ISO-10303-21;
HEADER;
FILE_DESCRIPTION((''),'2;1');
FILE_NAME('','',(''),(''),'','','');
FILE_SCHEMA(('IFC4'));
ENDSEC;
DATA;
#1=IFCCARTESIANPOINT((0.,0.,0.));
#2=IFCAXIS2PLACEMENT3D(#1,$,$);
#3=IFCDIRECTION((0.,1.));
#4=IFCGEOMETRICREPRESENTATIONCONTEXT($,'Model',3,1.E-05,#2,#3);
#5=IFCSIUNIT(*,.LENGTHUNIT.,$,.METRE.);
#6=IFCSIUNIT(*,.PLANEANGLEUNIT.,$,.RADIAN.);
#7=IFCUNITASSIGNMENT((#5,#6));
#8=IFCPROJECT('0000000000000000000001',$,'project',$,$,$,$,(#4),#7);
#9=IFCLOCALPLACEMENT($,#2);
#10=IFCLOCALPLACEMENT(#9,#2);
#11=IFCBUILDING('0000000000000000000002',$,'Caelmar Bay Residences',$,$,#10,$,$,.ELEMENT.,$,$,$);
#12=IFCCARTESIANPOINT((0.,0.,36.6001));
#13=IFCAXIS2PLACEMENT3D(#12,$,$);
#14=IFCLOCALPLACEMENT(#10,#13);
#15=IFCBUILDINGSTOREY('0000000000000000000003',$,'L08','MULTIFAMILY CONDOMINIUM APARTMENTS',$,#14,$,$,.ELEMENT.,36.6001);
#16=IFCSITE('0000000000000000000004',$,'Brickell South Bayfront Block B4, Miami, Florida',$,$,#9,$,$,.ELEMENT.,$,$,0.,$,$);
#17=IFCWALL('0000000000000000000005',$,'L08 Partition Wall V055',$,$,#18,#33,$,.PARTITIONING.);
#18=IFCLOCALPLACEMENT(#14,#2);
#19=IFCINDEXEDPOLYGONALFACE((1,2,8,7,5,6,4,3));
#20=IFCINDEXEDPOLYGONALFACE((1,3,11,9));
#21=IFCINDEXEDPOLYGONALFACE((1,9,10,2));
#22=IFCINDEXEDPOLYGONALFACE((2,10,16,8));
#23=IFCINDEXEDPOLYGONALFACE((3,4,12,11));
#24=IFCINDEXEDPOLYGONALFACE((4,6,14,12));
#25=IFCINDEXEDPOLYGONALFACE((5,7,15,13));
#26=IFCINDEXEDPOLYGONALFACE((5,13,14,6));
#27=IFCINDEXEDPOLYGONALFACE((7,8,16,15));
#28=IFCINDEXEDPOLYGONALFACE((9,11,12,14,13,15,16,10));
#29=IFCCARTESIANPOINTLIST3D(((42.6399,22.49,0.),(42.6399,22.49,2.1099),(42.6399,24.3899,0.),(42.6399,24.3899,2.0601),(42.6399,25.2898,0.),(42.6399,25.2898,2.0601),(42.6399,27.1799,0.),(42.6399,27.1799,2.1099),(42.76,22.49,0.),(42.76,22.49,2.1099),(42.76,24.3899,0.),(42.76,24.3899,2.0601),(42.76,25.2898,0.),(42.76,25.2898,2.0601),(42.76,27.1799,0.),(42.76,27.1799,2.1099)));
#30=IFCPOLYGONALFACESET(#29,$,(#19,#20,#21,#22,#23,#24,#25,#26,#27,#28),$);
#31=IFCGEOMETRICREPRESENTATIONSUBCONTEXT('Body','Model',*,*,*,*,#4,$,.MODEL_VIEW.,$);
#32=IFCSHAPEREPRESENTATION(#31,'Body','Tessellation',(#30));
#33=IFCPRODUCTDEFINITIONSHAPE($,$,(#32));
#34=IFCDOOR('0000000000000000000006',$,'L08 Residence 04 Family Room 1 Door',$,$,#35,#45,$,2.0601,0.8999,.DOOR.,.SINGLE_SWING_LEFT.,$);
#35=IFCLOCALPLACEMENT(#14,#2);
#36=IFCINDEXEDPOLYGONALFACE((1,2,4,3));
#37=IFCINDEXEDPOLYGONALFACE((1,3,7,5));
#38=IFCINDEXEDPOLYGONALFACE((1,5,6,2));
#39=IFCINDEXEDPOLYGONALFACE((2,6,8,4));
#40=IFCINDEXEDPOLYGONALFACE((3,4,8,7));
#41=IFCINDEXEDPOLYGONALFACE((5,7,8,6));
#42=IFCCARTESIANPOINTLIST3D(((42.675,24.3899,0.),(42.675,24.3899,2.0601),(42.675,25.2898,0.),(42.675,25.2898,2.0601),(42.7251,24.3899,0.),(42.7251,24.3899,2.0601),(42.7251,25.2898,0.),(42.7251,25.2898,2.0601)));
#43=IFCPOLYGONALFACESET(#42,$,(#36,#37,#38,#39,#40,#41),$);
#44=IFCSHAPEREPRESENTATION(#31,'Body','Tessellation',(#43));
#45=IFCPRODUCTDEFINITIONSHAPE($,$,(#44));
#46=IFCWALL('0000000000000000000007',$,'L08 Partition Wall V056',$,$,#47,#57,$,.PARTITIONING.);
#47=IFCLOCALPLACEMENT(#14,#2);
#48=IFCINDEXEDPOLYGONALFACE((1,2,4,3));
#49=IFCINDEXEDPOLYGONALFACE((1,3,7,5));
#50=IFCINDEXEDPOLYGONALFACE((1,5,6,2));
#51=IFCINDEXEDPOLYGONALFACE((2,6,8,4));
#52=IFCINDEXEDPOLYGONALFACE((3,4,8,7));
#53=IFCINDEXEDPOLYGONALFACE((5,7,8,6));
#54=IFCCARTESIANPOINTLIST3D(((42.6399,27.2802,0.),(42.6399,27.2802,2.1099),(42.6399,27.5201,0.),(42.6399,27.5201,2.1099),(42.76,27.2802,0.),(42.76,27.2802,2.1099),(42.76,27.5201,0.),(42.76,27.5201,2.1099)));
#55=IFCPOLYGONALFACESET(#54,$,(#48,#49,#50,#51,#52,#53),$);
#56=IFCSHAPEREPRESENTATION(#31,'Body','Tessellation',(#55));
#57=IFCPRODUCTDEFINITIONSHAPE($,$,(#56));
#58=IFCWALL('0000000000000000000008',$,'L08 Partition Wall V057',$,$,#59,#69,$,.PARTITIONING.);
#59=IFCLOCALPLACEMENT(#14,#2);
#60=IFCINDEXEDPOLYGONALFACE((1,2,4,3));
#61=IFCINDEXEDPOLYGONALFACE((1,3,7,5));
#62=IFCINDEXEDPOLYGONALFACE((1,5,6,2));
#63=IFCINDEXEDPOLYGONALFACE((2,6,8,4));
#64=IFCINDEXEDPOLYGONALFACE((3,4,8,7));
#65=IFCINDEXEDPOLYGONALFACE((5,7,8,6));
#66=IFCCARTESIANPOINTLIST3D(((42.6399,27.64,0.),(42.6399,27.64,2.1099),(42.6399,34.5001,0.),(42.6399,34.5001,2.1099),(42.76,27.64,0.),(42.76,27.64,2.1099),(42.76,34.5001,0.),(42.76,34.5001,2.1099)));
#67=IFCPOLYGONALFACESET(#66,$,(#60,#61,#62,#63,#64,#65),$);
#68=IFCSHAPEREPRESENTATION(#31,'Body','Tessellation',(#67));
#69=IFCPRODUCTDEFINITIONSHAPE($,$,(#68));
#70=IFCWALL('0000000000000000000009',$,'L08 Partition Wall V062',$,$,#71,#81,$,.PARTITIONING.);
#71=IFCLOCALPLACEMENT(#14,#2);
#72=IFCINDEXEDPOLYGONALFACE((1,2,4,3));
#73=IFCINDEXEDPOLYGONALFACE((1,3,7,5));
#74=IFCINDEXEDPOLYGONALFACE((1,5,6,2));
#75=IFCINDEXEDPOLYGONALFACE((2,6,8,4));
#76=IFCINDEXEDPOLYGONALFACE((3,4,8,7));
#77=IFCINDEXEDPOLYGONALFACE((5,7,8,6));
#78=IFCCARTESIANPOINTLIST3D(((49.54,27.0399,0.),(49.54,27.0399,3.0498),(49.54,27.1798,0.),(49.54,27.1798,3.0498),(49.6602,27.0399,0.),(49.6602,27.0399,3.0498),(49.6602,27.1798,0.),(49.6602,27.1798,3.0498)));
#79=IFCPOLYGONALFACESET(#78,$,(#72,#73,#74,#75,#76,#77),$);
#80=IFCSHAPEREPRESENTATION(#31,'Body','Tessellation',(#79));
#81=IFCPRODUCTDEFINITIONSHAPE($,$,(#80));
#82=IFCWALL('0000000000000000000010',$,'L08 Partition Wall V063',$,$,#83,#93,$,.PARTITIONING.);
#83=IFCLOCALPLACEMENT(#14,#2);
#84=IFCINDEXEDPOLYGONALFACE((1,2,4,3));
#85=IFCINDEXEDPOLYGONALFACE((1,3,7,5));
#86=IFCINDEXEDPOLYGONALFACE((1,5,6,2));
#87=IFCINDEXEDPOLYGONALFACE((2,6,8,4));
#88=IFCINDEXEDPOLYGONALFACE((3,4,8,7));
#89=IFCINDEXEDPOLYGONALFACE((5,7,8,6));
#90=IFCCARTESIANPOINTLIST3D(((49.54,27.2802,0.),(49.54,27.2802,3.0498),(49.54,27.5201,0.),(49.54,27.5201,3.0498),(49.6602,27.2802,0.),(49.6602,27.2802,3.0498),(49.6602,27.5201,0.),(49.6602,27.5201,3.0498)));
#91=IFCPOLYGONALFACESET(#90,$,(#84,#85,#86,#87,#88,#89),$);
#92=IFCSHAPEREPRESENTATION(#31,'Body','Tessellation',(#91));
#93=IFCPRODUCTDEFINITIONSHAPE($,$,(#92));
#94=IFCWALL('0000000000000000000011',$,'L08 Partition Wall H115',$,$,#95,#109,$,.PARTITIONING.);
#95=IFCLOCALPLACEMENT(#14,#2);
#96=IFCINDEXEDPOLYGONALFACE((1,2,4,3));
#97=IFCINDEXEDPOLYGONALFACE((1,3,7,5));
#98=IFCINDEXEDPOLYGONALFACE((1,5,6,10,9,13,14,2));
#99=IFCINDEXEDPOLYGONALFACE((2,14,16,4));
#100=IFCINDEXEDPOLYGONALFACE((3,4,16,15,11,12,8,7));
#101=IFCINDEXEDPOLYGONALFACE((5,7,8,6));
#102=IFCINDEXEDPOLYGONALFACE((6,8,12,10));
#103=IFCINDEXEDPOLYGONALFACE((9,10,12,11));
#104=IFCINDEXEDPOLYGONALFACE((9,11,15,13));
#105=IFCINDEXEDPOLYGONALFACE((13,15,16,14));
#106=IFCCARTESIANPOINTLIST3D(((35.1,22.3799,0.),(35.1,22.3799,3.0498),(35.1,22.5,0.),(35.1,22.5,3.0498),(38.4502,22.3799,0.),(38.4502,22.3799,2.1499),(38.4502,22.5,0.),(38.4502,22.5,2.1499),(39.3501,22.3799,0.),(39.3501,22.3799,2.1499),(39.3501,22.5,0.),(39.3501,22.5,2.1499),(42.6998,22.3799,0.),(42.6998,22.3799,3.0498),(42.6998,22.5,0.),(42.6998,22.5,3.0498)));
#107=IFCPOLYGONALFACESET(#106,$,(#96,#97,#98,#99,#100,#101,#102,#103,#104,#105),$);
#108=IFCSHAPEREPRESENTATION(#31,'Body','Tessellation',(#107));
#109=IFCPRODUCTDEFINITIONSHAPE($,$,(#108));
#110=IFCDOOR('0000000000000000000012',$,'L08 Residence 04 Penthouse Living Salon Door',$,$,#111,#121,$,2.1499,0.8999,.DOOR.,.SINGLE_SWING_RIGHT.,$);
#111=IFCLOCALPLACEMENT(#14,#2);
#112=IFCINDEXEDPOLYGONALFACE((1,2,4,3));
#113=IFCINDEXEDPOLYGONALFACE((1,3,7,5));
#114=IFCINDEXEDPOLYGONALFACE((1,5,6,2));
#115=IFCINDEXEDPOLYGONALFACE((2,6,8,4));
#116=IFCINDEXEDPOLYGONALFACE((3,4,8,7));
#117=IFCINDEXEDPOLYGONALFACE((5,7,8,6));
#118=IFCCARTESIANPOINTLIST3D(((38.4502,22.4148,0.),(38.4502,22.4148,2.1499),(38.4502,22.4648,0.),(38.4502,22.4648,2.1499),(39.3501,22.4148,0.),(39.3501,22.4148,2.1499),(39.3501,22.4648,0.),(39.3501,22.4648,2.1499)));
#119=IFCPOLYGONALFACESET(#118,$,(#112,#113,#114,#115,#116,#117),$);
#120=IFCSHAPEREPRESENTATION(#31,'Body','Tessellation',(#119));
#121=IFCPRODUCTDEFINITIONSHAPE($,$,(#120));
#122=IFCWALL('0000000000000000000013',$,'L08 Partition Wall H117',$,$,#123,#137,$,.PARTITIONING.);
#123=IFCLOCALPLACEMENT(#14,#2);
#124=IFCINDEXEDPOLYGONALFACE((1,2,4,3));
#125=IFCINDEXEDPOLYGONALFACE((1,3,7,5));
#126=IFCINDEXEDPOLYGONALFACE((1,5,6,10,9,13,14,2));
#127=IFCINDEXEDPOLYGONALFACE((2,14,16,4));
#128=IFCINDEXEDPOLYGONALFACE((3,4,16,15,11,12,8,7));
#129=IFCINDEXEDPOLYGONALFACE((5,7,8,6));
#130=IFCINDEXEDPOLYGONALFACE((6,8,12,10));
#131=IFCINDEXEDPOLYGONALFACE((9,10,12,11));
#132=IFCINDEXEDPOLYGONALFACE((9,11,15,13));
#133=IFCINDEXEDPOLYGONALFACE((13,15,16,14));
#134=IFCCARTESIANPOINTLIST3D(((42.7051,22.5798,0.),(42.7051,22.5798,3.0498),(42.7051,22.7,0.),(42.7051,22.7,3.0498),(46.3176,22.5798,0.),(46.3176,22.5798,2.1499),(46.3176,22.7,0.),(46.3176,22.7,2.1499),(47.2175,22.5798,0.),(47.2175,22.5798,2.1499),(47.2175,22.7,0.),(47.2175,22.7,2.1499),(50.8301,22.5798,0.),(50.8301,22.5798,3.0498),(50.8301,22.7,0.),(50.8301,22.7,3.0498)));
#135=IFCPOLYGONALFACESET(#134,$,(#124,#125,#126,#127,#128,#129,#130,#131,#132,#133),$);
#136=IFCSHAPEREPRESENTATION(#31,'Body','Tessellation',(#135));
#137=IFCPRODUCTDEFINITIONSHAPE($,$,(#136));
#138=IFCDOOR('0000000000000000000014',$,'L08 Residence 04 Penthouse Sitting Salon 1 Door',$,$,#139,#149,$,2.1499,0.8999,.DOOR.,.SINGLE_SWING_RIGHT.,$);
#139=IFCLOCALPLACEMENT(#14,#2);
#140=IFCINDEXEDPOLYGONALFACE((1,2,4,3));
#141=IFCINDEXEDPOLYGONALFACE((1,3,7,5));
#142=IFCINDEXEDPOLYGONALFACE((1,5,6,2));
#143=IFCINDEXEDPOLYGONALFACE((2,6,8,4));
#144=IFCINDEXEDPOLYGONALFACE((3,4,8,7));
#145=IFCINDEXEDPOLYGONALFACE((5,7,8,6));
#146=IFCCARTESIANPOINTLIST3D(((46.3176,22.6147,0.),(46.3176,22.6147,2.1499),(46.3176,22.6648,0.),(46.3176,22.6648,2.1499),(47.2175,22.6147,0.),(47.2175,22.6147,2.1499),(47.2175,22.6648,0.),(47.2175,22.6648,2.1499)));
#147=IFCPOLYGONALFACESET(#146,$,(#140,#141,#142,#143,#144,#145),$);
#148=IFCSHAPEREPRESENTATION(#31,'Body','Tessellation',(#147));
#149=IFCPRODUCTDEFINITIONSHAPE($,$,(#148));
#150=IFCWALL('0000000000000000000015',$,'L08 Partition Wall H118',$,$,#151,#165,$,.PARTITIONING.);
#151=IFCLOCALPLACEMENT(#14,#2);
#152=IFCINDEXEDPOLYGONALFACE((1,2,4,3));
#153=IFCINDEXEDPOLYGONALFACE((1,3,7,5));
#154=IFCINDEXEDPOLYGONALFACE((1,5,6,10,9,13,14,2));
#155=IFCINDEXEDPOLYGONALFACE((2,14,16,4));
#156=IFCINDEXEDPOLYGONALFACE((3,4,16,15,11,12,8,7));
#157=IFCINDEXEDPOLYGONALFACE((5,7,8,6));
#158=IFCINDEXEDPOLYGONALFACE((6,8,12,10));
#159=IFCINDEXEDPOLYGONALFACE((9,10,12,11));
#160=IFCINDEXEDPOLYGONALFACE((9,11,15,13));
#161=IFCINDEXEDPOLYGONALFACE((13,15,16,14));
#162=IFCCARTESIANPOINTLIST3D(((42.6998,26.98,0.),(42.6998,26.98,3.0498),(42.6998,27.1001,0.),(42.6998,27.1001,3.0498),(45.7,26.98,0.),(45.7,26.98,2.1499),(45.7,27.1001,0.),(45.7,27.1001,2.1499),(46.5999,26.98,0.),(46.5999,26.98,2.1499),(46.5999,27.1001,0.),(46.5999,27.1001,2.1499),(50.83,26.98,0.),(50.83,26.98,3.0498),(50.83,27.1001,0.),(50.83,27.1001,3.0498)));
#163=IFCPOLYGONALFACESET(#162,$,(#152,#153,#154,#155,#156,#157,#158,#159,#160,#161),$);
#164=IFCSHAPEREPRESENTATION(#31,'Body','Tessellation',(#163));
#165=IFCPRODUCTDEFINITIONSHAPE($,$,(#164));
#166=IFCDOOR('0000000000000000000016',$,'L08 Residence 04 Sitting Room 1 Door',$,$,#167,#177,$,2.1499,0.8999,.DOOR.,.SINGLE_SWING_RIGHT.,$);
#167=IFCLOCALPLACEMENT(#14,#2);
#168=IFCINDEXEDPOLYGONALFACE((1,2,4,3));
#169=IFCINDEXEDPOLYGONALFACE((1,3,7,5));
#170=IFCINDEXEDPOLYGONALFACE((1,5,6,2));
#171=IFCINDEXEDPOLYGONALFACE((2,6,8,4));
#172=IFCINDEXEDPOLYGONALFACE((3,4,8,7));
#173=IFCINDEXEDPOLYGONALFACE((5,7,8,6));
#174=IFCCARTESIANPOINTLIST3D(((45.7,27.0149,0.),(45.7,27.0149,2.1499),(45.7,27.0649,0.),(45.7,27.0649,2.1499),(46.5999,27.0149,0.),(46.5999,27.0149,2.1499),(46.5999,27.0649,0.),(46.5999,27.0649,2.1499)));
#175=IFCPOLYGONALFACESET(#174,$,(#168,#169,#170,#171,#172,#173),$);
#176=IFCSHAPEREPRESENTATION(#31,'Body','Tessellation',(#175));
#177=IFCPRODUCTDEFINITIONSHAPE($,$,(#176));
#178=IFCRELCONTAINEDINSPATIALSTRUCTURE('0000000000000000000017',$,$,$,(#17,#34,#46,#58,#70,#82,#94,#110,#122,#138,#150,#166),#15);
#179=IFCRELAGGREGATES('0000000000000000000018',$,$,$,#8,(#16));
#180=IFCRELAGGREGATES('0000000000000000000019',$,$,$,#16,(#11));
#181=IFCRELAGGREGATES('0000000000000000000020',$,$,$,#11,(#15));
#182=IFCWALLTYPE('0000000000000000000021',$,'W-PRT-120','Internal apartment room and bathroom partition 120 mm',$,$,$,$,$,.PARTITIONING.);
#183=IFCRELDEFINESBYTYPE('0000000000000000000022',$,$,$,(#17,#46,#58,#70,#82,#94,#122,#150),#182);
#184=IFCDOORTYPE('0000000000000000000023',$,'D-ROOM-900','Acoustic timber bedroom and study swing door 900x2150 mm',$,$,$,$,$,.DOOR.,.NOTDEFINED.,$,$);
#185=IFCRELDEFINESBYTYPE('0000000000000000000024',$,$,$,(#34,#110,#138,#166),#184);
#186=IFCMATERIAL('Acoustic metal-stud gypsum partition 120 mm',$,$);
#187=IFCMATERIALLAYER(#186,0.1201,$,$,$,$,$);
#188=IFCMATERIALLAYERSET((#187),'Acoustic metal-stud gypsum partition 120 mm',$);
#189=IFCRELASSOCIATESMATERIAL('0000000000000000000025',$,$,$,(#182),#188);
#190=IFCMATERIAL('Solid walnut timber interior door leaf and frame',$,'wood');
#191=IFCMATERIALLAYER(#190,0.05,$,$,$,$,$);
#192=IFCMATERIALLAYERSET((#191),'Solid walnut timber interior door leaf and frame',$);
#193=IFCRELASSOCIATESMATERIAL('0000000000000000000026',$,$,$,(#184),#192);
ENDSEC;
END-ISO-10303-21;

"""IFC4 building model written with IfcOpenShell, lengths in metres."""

from ifc_helpers import new_model, si_unit, direction, frame, frame_2d, origin, place, context, subcontext, project, spatial, rectangle, extrude, material, layer, layer_set, type_object, element, fill, save


model = new_model("IFC4")

# Units and contexts
model_context = context("Model", 3, precision=1e-05, world=origin(), true_north=direction((0.0, 1.0)))
body_context = subcontext(model_context, "Body", "Model", "MODEL_VIEW")
ifc_project = project(units=[si_unit("LENGTHUNIT", "METRE"), si_unit("PLANEANGLEUNIT", "RADIAN")], contexts=[model_context])

# Site, building, storey
site_placement = place(None, origin())
site = spatial("IfcSite", under=ifc_project, at=site_placement, Name="Brickell South Bayfront Block B4, Miami, Florida", CompositionType="ELEMENT", RefElevation=0.0)
building_placement = place(site_placement, origin())
building = spatial("IfcBuilding", under=site, at=building_placement, Name="Caelmar Bay Residences", CompositionType="ELEMENT")
storey_placement = place(building_placement, frame((0.0, 0.0, 36.6001)))
storey = spatial("IfcBuildingStorey", under=building, at=storey_placement, Name="L08", Description="MULTIFAMILY CONDOMINIUM APARTMENTS", CompositionType="ELEMENT", Elevation=36.6001)

# Shared definitions
ifc_material_1 = material(Name="Acoustic metal-stud gypsum partition 120 mm")
ifc_layer_1 = layer(ifc_material_1, 0.1201)
ifc_layer_set_1 = layer_set([ifc_layer_1], Name="Acoustic metal-stud gypsum partition 120 mm")
wall_type = type_object("IfcWallType", Name="W-PRT-120", Description="Internal apartment room and bathroom partition 120 mm", PredefinedType="PARTITIONING", material=ifc_layer_set_1)

# Wall, opening, door
ifc_material_2 = material(Name="Solid walnut timber interior door leaf and frame", Category="wood")
wall_1_placement = place(storey_placement, frame((42.7, 22.49, 0.0), z_axis=(0.0, 0.0, 1.0), x_axis=(0.0, 1.0, 0.0)))
wall_1 = element("IfcWall", 1, at=wall_1_placement, inside=storey, type_object=wall_type, Name="L08 Partition Wall V055", PredefinedType="PARTITIONING", context=body_context, shape_type="SweptSolid", body=[
    extrude(rectangle(XDim=4.6899, YDim=0.1201, at=frame_2d((2.345, 0.0))), origin(), (0.0, 0.0, 1.0), 2.1099),
])
opening_1_placement = place(wall_1_placement, frame((1.8999, 0.0, 0.0)))
opening_1 = element("IfcOpeningElement", 2, at=opening_1_placement, cuts=wall_1, PredefinedType="OPENING", context=body_context, shape_type="SweptSolid", body=[
    extrude(rectangle(XDim=0.8999, YDim=2.0601, at=frame_2d((0.45, 1.03))), frame((0.0, 0.0701, 0.0), z_axis=(0.0, -1.0, 0.0), x_axis=(1.0, 0.0, 0.0)), (0.0, 0.0, 1.0), 0.1401),
])
ifc_layer_2 = layer(ifc_material_2, 0.05)
ifc_layer_set_2 = layer_set([ifc_layer_2], Name="Solid walnut timber interior door leaf and frame")
door_type_1 = type_object("IfcDoorType", Name="D-ROOM-900", Description="Acoustic timber bedroom and study swing door 900x2150 mm", OperationType="NOTDEFINED", PredefinedType="DOOR", material=ifc_layer_set_2)
door_1_placement = place(opening_1_placement, origin())
door_1 = element("IfcDoor", 3, at=door_1_placement, inside=storey, type_object=door_type_1, Name="L08 Residence 04 Family Room 1 Door", OperationType="SINGLE_SWING_LEFT", OverallHeight=2.0601, OverallWidth=0.8999, PredefinedType="DOOR", context=body_context, shape_type="SweptSolid", body=[
    extrude(rectangle(XDim=0.8999, YDim=2.0601, at=frame_2d((0.45, 1.03))), frame((0.0, 0.0249, 0.0), z_axis=(0.0, -1.0, 0.0), x_axis=(1.0, 0.0, 0.0)), (0.0, 0.0, 1.0), 0.05),
])
fill(opening_1, door_1)

# Walls
wall_2_placement = place(storey_placement, frame((42.7, 27.28, 0.0), z_axis=(0.0, 0.0, 1.0), x_axis=(0.0, 1.0, 0.0)))
element("IfcWall", 4, at=wall_2_placement, inside=storey, type_object=wall_type, Name="L08 Partition Wall V056", PredefinedType="PARTITIONING", context=body_context, shape_type="SweptSolid", body=[
    extrude(rectangle(XDim=0.24, YDim=0.1201, at=frame_2d((0.1201, 0.0))), origin(), (0.0, 0.0, 1.0), 2.1099),
])
wall_3_placement = place(storey_placement, frame((42.7, 27.6399, 0.0), z_axis=(0.0, 0.0, 1.0), x_axis=(0.0, 1.0, 0.0)))
element("IfcWall", 5, at=wall_3_placement, inside=storey, type_object=wall_type, Name="L08 Partition Wall V057", PredefinedType="PARTITIONING", context=body_context, shape_type="SweptSolid", body=[
    extrude(rectangle(XDim=6.8601, YDim=0.1201, at=frame_2d((3.4302, 0.0))), origin(), (0.0, 0.0, 1.0), 2.1099),
])
wall_4_placement = place(storey_placement, frame((49.6001, 27.04, 0.0), z_axis=(0.0, 0.0, 1.0), x_axis=(0.0, 1.0, 0.0)))
element("IfcWall", 6, at=wall_4_placement, inside=storey, type_object=wall_type, Name="L08 Partition Wall V062", PredefinedType="PARTITIONING", context=body_context, shape_type="SweptSolid", body=[
    extrude(rectangle(XDim=0.1399, YDim=0.1201, at=frame_2d((0.0698, 0.0))), origin(), (0.0, 0.0, 1.0), 3.0498),
])
wall_5_placement = place(storey_placement, frame((49.6001, 27.28, 0.0), z_axis=(0.0, 0.0, 1.0), x_axis=(0.0, 1.0, 0.0)))
element("IfcWall", 7, at=wall_5_placement, inside=storey, type_object=wall_type, Name="L08 Partition Wall V063", PredefinedType="PARTITIONING", context=body_context, shape_type="SweptSolid", body=[
    extrude(rectangle(XDim=0.24, YDim=0.1201, at=frame_2d((0.1201, 0.0))), origin(), (0.0, 0.0, 1.0), 3.0498),
])

# Walls, openings, doors
wall_6_placement = place(storey_placement, frame((35.1001, 22.4399, 0.0), z_axis=(0.0, 0.0, 1.0), x_axis=(1.0, 0.0, 0.0)))
wall_6 = element("IfcWall", 8, at=wall_6_placement, inside=storey, type_object=wall_type, Name="L08 Partition Wall H115", PredefinedType="PARTITIONING", context=body_context, shape_type="SweptSolid", body=[
    extrude(rectangle(XDim=7.5999, YDim=0.1201, at=frame_2d((3.7998, 0.0))), origin(), (0.0, 0.0, 1.0), 3.0498),
])
opening_2_placement = place(wall_6_placement, frame((3.3501, 0.0, 0.0)))
opening_2 = element("IfcOpeningElement", 9, at=opening_2_placement, cuts=wall_6, PredefinedType="OPENING", context=body_context, shape_type="SweptSolid", body=[
    extrude(rectangle(XDim=0.8999, YDim=2.1499, at=frame_2d((0.45, 1.075))), frame((0.0, 0.0701, 0.0), z_axis=(0.0, -1.0, 0.0), x_axis=(1.0, 0.0, 0.0)), (0.0, 0.0, 1.0), 0.1401),
])
door_2_placement = place(opening_2_placement, origin())
door_2 = element("IfcDoor", 10, at=door_2_placement, inside=storey, type_object=door_type_1, Name="L08 Residence 04 Penthouse Living Salon Door", OperationType="SINGLE_SWING_RIGHT", OverallHeight=2.1499, OverallWidth=0.8999, PredefinedType="DOOR", context=body_context, shape_type="SweptSolid", body=[
    extrude(rectangle(XDim=0.8999, YDim=2.1499, at=frame_2d((0.45, 1.075))), frame((0.0, 0.0249, 0.0), z_axis=(0.0, -1.0, 0.0), x_axis=(1.0, 0.0, 0.0)), (0.0, 0.0, 1.0), 0.05),
])
fill(opening_2, door_2)
wall_7_placement = place(storey_placement, frame((42.7051, 22.6399, 0.0), z_axis=(0.0, 0.0, 1.0), x_axis=(1.0, 0.0, 0.0)))
wall_7 = element("IfcWall", 11, at=wall_7_placement, inside=storey, type_object=wall_type, Name="L08 Partition Wall H117", PredefinedType="PARTITIONING", context=body_context, shape_type="SweptSolid", body=[
    extrude(rectangle(XDim=8.125, YDim=0.1201, at=frame_2d((4.0625, 0.0))), origin(), (0.0, 0.0, 1.0), 3.0498),
])
opening_3_placement = place(wall_7_placement, frame((3.6125, 0.0, 0.0)))
opening_3 = element("IfcOpeningElement", 12, at=opening_3_placement, cuts=wall_7, PredefinedType="OPENING", context=body_context, shape_type="SweptSolid", body=[
    extrude(rectangle(XDim=0.8999, YDim=2.1499, at=frame_2d((0.45, 1.075))), frame((0.0, 0.0701, 0.0), z_axis=(0.0, -1.0, 0.0), x_axis=(1.0, 0.0, 0.0)), (0.0, 0.0, 1.0), 0.1401),
])
door_3_placement = place(opening_3_placement, origin())
door_3 = element("IfcDoor", 13, at=door_3_placement, inside=storey, type_object=door_type_1, Name="L08 Residence 04 Penthouse Sitting Salon 1 Door", OperationType="SINGLE_SWING_RIGHT", OverallHeight=2.1499, OverallWidth=0.8999, PredefinedType="DOOR", context=body_context, shape_type="SweptSolid", body=[
    extrude(rectangle(XDim=0.8999, YDim=2.1499, at=frame_2d((0.45, 1.075))), frame((0.0, 0.0249, 0.0), z_axis=(0.0, -1.0, 0.0), x_axis=(1.0, 0.0, 0.0)), (0.0, 0.0, 1.0), 0.05),
])
fill(opening_3, door_3)
wall_8_placement = place(storey_placement, frame((42.7, 27.04, 0.0), z_axis=(0.0, 0.0, 1.0), x_axis=(1.0, 0.0, 0.0)))
wall_8 = element("IfcWall", 14, at=wall_8_placement, inside=storey, type_object=wall_type, Name="L08 Partition Wall H118", PredefinedType="PARTITIONING", context=body_context, shape_type="SweptSolid", body=[
    extrude(rectangle(XDim=8.1301, YDim=0.1201, at=frame_2d((4.0649, 0.0))), origin(), (0.0, 0.0, 1.0), 3.0498),
])
opening_4_placement = place(wall_8_placement, frame((3.0, 0.0, 0.0)))
opening_4 = element("IfcOpeningElement", 15, at=opening_4_placement, cuts=wall_8, PredefinedType="OPENING", context=body_context, shape_type="SweptSolid", body=[
    extrude(rectangle(XDim=0.8999, YDim=2.1499, at=frame_2d((0.45, 1.075))), frame((0.0, 0.0701, 0.0), z_axis=(0.0, -1.0, 0.0), x_axis=(1.0, 0.0, 0.0)), (0.0, 0.0, 1.0), 0.1401),
])
door_4_placement = place(opening_4_placement, origin())
door_4 = element("IfcDoor", 16, at=door_4_placement, inside=storey, type_object=door_type_1, Name="L08 Residence 04 Sitting Room 1 Door", OperationType="SINGLE_SWING_RIGHT", OverallHeight=2.1499, OverallWidth=0.8999, PredefinedType="DOOR", context=body_context, shape_type="SweptSolid", body=[
    extrude(rectangle(XDim=0.8999, YDim=2.1499, at=frame_2d((0.45, 1.075))), frame((0.0, 0.0249, 0.0), z_axis=(0.0, -1.0, 0.0), x_axis=(1.0, 0.0, 0.0)), (0.0, 0.0, 1.0), 0.05),
])
fill(opening_4, door_4)

save(model, "model.ifc")
